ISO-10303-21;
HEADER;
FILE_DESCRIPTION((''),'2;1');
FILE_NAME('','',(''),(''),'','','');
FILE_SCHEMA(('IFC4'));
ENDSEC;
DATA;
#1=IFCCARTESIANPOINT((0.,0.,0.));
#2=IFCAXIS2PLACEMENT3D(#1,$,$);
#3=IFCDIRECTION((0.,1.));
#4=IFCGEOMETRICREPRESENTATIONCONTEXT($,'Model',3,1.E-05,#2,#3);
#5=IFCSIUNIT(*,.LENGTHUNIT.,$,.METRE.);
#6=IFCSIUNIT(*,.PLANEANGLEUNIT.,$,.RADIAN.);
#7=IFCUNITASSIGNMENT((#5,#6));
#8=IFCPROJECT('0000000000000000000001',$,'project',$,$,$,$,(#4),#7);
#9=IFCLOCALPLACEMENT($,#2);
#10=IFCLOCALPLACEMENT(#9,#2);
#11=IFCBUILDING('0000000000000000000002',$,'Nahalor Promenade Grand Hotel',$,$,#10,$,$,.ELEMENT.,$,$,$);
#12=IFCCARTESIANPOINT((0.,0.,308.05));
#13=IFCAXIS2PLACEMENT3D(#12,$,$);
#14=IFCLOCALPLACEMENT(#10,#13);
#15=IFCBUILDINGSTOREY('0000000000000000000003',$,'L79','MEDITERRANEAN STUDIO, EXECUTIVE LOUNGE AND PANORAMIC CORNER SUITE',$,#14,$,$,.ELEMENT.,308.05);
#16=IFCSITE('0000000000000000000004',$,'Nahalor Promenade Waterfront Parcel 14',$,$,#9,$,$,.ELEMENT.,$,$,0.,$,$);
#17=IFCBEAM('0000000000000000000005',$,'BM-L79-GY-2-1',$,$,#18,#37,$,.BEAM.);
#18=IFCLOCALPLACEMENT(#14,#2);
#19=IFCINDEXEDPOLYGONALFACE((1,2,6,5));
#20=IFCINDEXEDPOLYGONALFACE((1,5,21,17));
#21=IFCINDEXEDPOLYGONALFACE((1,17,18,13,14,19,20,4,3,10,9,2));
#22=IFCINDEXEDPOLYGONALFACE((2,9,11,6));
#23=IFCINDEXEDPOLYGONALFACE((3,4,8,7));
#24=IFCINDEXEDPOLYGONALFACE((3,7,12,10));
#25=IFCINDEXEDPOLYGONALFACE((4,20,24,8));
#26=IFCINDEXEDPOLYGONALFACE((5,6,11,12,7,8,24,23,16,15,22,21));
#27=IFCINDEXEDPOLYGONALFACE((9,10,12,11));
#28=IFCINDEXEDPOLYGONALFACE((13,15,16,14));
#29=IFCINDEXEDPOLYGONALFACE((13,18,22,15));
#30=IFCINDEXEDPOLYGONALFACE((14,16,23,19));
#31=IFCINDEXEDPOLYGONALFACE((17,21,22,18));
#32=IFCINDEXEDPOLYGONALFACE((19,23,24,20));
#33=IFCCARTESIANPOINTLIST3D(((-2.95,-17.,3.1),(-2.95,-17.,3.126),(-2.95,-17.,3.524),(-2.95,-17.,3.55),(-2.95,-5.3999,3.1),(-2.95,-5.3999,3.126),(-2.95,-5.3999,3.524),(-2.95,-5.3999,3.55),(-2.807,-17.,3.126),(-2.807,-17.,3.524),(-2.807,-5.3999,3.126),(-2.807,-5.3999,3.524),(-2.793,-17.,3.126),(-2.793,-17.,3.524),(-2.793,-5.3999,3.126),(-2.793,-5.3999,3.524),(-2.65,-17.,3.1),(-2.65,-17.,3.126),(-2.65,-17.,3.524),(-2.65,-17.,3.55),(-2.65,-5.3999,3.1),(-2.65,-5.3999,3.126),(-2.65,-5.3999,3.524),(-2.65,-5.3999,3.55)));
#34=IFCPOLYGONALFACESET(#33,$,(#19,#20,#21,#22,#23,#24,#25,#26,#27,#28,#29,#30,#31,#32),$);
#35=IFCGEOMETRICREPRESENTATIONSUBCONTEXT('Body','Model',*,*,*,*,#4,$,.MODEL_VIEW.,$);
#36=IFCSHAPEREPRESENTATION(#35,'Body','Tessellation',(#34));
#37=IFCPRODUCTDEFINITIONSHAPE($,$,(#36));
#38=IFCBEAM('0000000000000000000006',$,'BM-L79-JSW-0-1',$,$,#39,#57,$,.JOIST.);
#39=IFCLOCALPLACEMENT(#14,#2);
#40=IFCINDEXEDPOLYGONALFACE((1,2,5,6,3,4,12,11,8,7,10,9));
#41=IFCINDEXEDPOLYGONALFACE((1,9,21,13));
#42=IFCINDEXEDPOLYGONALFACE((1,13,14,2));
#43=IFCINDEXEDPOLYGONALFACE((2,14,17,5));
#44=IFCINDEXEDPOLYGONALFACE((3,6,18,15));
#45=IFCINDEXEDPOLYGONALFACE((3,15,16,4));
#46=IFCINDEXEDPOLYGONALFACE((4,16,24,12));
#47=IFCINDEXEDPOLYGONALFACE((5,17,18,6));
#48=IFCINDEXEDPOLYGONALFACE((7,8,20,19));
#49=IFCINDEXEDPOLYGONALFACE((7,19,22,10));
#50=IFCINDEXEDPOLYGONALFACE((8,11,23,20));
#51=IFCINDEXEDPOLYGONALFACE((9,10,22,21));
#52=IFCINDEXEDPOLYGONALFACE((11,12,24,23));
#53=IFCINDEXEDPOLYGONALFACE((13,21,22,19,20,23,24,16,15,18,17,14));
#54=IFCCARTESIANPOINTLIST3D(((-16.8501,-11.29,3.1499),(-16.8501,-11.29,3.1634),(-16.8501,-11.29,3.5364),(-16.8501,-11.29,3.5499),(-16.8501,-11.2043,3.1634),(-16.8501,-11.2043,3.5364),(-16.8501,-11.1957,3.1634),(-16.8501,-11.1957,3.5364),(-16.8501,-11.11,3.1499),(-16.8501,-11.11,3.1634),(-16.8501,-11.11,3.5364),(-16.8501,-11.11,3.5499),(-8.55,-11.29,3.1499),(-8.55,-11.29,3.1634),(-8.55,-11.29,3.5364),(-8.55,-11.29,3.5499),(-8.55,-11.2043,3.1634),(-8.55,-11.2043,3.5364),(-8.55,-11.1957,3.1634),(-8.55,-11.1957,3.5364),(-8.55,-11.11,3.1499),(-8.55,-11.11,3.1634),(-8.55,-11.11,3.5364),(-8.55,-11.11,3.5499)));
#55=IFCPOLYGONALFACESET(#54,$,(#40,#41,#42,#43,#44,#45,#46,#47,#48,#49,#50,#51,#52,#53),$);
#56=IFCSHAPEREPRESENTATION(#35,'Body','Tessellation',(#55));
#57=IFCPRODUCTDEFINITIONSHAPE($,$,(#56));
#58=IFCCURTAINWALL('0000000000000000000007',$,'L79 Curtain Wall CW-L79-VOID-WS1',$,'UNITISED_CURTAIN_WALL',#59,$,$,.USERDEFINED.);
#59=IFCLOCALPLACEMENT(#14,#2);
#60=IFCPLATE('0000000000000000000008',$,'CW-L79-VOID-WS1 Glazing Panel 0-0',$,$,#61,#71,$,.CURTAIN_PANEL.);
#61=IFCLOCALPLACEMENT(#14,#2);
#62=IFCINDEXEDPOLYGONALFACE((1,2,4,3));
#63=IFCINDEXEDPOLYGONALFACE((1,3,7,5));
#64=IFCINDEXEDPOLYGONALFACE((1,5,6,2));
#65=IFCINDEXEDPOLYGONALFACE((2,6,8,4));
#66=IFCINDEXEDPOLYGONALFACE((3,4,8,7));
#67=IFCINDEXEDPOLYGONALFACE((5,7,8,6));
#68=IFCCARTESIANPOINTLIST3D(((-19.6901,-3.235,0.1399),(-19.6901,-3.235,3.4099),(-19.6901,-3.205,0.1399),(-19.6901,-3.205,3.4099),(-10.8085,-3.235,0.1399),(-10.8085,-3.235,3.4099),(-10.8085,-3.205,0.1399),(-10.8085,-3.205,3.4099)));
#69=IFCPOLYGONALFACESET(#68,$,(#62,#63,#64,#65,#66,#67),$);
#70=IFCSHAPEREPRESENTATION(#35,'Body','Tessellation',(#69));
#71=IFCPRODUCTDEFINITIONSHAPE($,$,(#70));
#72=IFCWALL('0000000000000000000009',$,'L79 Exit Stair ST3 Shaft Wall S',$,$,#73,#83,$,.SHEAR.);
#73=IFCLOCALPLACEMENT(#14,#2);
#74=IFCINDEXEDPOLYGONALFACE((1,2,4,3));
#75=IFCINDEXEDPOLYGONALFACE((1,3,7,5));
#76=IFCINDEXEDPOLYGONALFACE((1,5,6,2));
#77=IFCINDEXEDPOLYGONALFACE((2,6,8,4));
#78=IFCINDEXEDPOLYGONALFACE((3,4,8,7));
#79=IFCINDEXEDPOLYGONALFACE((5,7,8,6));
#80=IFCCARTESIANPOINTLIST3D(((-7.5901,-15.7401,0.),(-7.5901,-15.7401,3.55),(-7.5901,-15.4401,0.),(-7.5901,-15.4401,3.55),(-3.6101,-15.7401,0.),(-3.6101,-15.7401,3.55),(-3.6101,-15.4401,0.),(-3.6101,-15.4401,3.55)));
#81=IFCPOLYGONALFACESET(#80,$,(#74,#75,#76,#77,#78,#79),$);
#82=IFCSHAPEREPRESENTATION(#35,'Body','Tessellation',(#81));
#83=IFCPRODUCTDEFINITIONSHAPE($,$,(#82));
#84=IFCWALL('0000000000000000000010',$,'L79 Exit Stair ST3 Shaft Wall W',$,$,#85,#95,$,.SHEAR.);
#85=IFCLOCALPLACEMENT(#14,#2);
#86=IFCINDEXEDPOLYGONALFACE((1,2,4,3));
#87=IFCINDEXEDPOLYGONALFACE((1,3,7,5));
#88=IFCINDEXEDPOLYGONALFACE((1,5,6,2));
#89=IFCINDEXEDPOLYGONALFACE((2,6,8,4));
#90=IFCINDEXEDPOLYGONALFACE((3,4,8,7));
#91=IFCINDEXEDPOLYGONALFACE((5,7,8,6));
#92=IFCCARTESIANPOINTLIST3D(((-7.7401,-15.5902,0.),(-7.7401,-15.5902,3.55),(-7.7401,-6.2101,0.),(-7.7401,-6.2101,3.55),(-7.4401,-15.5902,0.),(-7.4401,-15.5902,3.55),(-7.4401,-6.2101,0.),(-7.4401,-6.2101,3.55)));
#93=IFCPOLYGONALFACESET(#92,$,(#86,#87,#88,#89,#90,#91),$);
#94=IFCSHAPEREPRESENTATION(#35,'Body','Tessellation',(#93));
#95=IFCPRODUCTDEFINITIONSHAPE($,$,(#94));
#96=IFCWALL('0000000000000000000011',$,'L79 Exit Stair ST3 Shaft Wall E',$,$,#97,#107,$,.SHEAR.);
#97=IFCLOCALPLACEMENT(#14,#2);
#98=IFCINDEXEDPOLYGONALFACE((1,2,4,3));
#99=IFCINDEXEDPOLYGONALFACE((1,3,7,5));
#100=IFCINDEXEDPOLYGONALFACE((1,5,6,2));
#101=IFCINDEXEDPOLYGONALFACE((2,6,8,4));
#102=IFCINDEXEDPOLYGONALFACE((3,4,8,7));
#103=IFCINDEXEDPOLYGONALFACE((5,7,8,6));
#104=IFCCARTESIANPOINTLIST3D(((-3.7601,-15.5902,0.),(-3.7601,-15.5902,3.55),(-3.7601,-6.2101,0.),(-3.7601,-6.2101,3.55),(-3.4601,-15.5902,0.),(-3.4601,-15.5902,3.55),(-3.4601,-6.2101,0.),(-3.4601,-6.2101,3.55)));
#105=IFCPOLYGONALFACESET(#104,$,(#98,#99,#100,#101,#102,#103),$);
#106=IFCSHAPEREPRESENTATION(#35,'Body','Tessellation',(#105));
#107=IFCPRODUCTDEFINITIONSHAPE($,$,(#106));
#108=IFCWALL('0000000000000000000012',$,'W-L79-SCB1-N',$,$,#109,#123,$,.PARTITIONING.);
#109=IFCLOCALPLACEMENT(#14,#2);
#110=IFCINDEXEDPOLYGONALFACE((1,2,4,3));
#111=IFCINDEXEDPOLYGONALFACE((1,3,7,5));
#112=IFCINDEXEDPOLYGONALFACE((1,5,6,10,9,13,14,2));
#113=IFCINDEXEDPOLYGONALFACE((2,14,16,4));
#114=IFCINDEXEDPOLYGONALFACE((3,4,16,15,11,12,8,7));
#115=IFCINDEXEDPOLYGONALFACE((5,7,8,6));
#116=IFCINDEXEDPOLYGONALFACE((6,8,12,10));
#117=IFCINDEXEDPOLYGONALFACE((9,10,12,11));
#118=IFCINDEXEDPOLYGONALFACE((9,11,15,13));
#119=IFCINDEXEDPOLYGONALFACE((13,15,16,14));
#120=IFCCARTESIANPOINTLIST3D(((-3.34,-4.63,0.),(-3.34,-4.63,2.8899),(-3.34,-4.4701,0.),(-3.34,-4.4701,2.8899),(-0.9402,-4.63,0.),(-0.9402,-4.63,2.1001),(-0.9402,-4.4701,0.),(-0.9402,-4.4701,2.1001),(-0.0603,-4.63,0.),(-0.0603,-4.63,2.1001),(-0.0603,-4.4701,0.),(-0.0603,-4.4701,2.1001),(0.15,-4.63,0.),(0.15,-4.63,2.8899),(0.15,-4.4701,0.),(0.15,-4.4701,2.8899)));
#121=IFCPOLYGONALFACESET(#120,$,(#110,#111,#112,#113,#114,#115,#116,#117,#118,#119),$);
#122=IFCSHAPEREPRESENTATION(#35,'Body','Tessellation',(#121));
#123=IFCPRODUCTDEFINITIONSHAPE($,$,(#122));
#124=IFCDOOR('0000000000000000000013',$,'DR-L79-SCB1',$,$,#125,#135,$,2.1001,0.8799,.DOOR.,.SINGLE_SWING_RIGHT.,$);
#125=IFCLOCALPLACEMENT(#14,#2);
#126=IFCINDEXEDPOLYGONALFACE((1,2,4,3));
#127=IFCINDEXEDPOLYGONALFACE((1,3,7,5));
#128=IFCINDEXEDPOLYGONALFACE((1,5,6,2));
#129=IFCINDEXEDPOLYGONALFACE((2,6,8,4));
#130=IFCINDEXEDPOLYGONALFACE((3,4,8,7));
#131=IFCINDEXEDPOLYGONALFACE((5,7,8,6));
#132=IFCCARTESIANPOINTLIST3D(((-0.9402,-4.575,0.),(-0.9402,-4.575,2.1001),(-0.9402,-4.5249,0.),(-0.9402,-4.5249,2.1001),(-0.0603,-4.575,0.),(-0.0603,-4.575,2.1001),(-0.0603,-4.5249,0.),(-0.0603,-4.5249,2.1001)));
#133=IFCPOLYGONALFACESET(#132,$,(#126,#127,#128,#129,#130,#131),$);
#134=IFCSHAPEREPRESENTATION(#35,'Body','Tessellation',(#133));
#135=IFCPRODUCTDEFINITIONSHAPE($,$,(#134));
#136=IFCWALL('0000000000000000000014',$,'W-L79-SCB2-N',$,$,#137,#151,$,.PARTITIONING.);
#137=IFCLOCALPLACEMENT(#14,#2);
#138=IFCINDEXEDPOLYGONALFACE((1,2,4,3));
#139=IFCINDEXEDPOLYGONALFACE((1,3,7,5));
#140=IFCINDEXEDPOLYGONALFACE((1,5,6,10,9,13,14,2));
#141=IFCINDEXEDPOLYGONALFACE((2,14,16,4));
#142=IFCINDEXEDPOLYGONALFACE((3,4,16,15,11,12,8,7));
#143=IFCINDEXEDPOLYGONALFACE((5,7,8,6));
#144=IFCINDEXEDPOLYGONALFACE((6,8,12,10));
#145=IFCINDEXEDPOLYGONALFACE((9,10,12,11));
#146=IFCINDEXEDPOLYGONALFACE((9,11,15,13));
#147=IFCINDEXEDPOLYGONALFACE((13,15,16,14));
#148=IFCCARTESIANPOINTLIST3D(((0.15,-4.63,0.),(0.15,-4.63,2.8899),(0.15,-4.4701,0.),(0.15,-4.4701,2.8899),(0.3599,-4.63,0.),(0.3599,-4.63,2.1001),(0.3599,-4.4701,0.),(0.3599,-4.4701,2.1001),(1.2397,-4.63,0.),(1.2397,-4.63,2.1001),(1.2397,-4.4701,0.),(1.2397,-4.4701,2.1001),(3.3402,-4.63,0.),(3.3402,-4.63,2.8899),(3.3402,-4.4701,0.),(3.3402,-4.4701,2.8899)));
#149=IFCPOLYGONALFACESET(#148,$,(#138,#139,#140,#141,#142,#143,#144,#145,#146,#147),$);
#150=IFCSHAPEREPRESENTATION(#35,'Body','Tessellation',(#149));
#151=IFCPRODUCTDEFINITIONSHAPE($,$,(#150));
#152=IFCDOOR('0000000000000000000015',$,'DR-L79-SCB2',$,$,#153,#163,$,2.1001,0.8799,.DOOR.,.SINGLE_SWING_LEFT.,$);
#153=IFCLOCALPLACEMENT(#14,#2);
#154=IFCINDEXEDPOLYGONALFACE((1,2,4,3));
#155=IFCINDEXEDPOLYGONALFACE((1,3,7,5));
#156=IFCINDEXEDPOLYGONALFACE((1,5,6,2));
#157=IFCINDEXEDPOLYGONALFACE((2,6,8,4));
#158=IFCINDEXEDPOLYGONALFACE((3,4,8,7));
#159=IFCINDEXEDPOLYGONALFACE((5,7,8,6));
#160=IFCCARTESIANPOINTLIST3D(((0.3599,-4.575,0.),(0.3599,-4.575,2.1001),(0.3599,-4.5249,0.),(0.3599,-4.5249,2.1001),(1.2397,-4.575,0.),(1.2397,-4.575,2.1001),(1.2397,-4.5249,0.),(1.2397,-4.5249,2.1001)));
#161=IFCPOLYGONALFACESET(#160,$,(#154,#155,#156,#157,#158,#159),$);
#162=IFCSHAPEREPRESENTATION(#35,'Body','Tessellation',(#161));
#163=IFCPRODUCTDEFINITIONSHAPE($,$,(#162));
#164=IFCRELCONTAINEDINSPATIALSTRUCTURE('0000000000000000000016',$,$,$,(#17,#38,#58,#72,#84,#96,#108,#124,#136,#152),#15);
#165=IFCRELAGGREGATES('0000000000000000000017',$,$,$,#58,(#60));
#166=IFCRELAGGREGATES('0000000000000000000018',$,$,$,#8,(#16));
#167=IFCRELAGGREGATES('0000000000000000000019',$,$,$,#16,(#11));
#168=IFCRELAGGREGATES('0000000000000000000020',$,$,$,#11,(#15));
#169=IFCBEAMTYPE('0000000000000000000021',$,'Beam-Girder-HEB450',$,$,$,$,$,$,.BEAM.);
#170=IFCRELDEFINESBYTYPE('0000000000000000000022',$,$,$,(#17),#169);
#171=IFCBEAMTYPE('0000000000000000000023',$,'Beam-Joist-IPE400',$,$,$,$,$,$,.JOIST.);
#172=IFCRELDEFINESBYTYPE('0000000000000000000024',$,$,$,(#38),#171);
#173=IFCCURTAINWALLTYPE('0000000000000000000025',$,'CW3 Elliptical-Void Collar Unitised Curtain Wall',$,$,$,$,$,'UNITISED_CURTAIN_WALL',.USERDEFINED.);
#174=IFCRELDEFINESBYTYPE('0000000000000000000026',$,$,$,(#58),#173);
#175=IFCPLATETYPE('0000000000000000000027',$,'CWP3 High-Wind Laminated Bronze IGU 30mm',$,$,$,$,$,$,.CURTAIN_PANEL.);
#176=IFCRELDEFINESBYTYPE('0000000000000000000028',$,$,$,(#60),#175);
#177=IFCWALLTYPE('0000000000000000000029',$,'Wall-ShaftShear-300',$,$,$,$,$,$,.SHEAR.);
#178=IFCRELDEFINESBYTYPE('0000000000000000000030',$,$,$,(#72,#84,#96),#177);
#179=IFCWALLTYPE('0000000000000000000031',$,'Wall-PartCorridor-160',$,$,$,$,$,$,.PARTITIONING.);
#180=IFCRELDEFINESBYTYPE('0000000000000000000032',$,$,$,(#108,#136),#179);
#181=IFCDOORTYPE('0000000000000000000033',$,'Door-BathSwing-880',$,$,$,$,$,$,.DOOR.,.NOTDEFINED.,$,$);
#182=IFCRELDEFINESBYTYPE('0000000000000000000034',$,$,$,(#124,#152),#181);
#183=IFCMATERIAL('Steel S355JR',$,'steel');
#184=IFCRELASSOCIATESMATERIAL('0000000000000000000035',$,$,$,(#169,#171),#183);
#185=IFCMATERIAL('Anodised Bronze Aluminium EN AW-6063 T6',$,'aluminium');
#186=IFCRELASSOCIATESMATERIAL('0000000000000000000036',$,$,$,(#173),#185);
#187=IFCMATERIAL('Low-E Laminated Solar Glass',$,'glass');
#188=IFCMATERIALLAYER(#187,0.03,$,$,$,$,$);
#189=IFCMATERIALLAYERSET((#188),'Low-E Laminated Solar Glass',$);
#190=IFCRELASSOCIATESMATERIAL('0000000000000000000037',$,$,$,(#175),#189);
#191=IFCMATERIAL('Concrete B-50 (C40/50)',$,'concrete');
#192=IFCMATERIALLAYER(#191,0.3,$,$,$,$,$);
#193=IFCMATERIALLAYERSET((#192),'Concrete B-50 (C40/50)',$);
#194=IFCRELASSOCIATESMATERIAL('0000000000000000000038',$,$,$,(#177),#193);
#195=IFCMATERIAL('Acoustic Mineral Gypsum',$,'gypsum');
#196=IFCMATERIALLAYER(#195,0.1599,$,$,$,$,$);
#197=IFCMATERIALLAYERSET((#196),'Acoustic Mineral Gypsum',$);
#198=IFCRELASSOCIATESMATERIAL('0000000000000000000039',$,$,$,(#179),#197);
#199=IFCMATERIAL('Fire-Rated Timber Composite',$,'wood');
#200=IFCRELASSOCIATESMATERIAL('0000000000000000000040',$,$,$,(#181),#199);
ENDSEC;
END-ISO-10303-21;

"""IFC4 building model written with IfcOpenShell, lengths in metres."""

from ifc_helpers import new_model, si_unit, direction, frame, frame_2d, origin, origin_2d, place, context, subcontext, project, spatial, rectangle, i_section, extrude, source, transform, mapped, material, layer, layer_set, material_profile, profile_set, type_object, element, fill, aggregate, save


model = new_model("IFC4")

# Units and contexts
model_context = context("Model", 3, precision=1e-05, world=origin(), true_north=direction((0.0, 1.0)))
body_context = subcontext(model_context, "Body", "Model", "MODEL_VIEW")
ifc_project = project(units=[si_unit("LENGTHUNIT", "METRE"), si_unit("PLANEANGLEUNIT", "RADIAN")], contexts=[model_context])

# Site, building, storey
site_placement = place(None, origin())
site = spatial("IfcSite", under=ifc_project, at=site_placement, Name="Nahalor Promenade Waterfront Parcel 14", CompositionType="ELEMENT", RefElevation=0.0)
building_placement = place(site_placement, origin())
building = spatial("IfcBuilding", under=site, at=building_placement, Name="Nahalor Promenade Grand Hotel", CompositionType="ELEMENT")
storey_placement = place(building_placement, frame((0.0, 0.0, 308.05)))
storey = spatial("IfcBuildingStorey", under=building, at=storey_placement, Name="L79", Description="MEDITERRANEAN STUDIO, EXECUTIVE LOUNGE AND PANORAMIC CORNER SUITE", CompositionType="ELEMENT", Elevation=308.05)

# Shared definitions
ifc_material_1 = material(Name="Concrete B-50 (C40/50)", Category="concrete")

# Beams
ifc_material_2 = material(Name="Steel S355JR", Category="steel")
ifc_material_profile_1 = material_profile(ifc_material_2, i_section(OverallWidth=0.3, OverallDepth=0.45, WebThickness=0.014, FlangeThickness=0.026, at=origin_2d()), Name="HEB 450")
ifc_profile_set_1 = profile_set([ifc_material_profile_1], Name="Steel S355JR")
beam_type_1 = type_object("IfcBeamType", Name="Beam-Girder-HEB450", PredefinedType="BEAM", material=ifc_profile_set_1)
shared_shape_1 = source(origin(), body_context, "Body", "SweptSolid", [
    extrude(i_section(OverallWidth=0.3, OverallDepth=0.45, WebThickness=0.014, FlangeThickness=0.026, at=origin_2d()), origin(), (0.0, 0.0, 1.0), 11.6001),
])
beam_1_placement = place(storey_placement, frame((-2.8, -17.0, 3.325), z_axis=(0.0, 1.0, 0.0), x_axis=(-1.0, 0.0, 0.0)))
element("IfcBeam", 1, at=beam_1_placement, inside=storey, type_object=beam_type_1, Name="BM-L79-GY-2-1", PredefinedType="BEAM", context=body_context, shape_type="MappedRepresentation", body=[
    mapped(shared_shape_1, transform((0.0, 0.0, 0.0), scale=1.0)),
])
ifc_material_profile_2 = material_profile(ifc_material_2, i_section(OverallWidth=0.18, OverallDepth=0.4, WebThickness=0.0086, FlangeThickness=0.0135, at=origin_2d()), Name="IPE 400")
ifc_profile_set_2 = profile_set([ifc_material_profile_2], Name="Steel S355JR")
beam_type_2 = type_object("IfcBeamType", Name="Beam-Joist-IPE400", PredefinedType="JOIST", material=ifc_profile_set_2)
shared_shape_2 = source(origin(), body_context, "Body", "SweptSolid", [
    extrude(i_section(OverallWidth=0.18, OverallDepth=0.4, WebThickness=0.0086, FlangeThickness=0.0135, at=origin_2d()), origin(), (0.0, 0.0, 1.0), 8.3),
])
beam_2_placement = place(storey_placement, frame((-16.8501, -11.2, 3.3499), z_axis=(1.0, 0.0, 0.0), x_axis=(0.0, 1.0, 0.0)))
element("IfcBeam", 2, at=beam_2_placement, inside=storey, type_object=beam_type_2, Name="BM-L79-JSW-0-1", PredefinedType="JOIST", context=body_context, shape_type="MappedRepresentation", body=[
    mapped(shared_shape_2, transform((0.0, 0.0, 0.0), scale=1.0)),
])

# Curtain wall, plate
ifc_material_3 = material(Name="Anodised Bronze Aluminium EN AW-6063 T6", Category="aluminium")
curtain_wall_type = type_object("IfcCurtainWallType", Name="CW3 Elliptical-Void Collar Unitised Curtain Wall", ElementType="UNITISED_CURTAIN_WALL", PredefinedType="USERDEFINED", material=ifc_material_3)
curtain_wall_placement = place(storey_placement, origin())
curtain_wall = element("IfcCurtainWall", 3, at=curtain_wall_placement, inside=storey, type_object=curtain_wall_type, Name="L79 Curtain Wall CW-L79-VOID-WS1", ObjectType="UNITISED_CURTAIN_WALL", PredefinedType="USERDEFINED")
ifc_material_4 = material(Name="Low-E Laminated Solar Glass", Category="glass")
ifc_layer_1 = layer(ifc_material_4, 0.03)
ifc_layer_set_1 = layer_set([ifc_layer_1], Name="Low-E Laminated Solar Glass")
plate_type = type_object("IfcPlateType", Name="CWP3 High-Wind Laminated Bronze IGU 30mm", PredefinedType="CURTAIN_PANEL", material=ifc_layer_set_1)
shared_shape_3 = source(origin(), body_context, "Body", "SweptSolid", [
    extrude(rectangle(XDim=8.8816, YDim=0.03, at=origin_2d()), origin(), (0.0, 0.0, 1.0), 3.27),
])
plate_placement = place(storey_placement, frame((-15.2493, -3.22, 0.1399), z_axis=(0.0, 0.0, 1.0), x_axis=(1.0, 0.0, 0.0)))
plate = element("IfcPlate", 4, at=plate_placement, type_object=plate_type, Name="CW-L79-VOID-WS1 Glazing Panel 0-0", PredefinedType="CURTAIN_PANEL", context=body_context, shape_type="MappedRepresentation", body=[
    mapped(shared_shape_3, transform((0.0, 0.0, 0.0), scale=1.0)),
])
aggregate(curtain_wall, [plate])

# Wall
ifc_layer_2 = layer(ifc_material_1, 0.3)
ifc_layer_set_2 = layer_set([ifc_layer_2], Name="Concrete B-50 (C40/50)")
wall_type_1 = type_object("IfcWallType", Name="Wall-ShaftShear-300", PredefinedType="SHEAR", material=ifc_layer_set_2)
shared_shape_4 = source(origin(), body_context, "Body", "SweptSolid", [
    extrude(rectangle(XDim=3.98, YDim=0.3, at=frame_2d((1.99, 0.0))), origin(), (0.0, 0.0, 1.0), 3.55),
])
wall_1_placement = place(storey_placement, frame((-7.5901, -15.5901, 0.0), z_axis=(0.0, 0.0, 1.0), x_axis=(1.0, 0.0, 0.0)))
element("IfcWall", 5, at=wall_1_placement, inside=storey, type_object=wall_type_1, Name="L79 Exit Stair ST3 Shaft Wall S", PredefinedType="SHEAR", context=body_context, shape_type="MappedRepresentation", body=[
    mapped(shared_shape_4, transform((0.0, 0.0, 0.0), scale=1.0)),
])

# Walls
shared_shape_5 = source(origin(), body_context, "Body", "SweptSolid", [
    extrude(rectangle(XDim=9.3801, YDim=0.3, at=frame_2d((4.6899, 0.0))), origin(), (0.0, 0.0, 1.0), 3.55),
])
for number, where, z_axis, x_axis, name in (
    (6, (-7.5901, -15.5901, 0.0), (0.0, 0.0, 1.0), (0.0, 1.0, 0.0), "L79 Exit Stair ST3 Shaft Wall W"),
    (7, (-3.6101, -15.5901, 0.0), (0.0, 0.0, 1.0), (0.0, 1.0, 0.0), "L79 Exit Stair ST3 Shaft Wall E"),
):
    element("IfcWall", number, at=place(storey_placement, frame(where, z_axis=z_axis, x_axis=x_axis)), inside=storey, type_object=wall_type_1, Name=name, PredefinedType="SHEAR", context=body_context, shape_type="MappedRepresentation", body=[
        mapped(shared_shape_5, transform((0.0, 0.0, 0.0), scale=1.0)),
    ])

# Walls, openings, doors
ifc_material_5 = material(Name="Acoustic Mineral Gypsum", Category="gypsum")
ifc_layer_3 = layer(ifc_material_5, 0.1599)
ifc_layer_set_3 = layer_set([ifc_layer_3], Name="Acoustic Mineral Gypsum")
wall_type_2 = type_object("IfcWallType", Name="Wall-PartCorridor-160", PredefinedType="PARTITIONING", material=ifc_layer_set_3)
shared_shape_6 = source(origin(), body_context, "Body", "SweptSolid", [
    extrude(rectangle(XDim=3.49, YDim=0.1599, at=frame_2d((1.7451, 0.0))), origin(), (0.0, 0.0, 1.0), 2.8899),
])
wall_2_placement = place(storey_placement, frame((-3.3401, -4.55, 0.0), z_axis=(0.0, 0.0, 1.0), x_axis=(1.0, 0.0, 0.0)))
wall_2 = element("IfcWall", 8, at=wall_2_placement, inside=storey, type_object=wall_type_2, Name="W-L79-SCB1-N", PredefinedType="PARTITIONING", context=body_context, shape_type="MappedRepresentation", body=[
    mapped(shared_shape_6, transform((0.0, 0.0, 0.0), scale=1.0)),
])
opening_1_placement = place(wall_2_placement, frame((2.3999, 0.0, 0.0)))
opening_1 = element("IfcOpeningElement", 9, at=opening_1_placement, cuts=wall_2, PredefinedType="OPENING", context=body_context, shape_type="SweptSolid", body=[
    extrude(rectangle(XDim=0.8799, YDim=2.1001, at=frame_2d((0.4399, 1.05))), frame((0.0, 0.0898, 0.0), z_axis=(0.0, -1.0, 0.0), x_axis=(1.0, 0.0, 0.0)), (0.0, 0.0, 1.0), 0.1799),
])
ifc_material_6 = material(Name="Fire-Rated Timber Composite", Category="wood")
door_type_1 = type_object("IfcDoorType", Name="Door-BathSwing-880", OperationType="NOTDEFINED", PredefinedType="DOOR", material=ifc_material_6)
shared_shape_7 = source(origin(), body_context, "Body", "SweptSolid", [
    extrude(rectangle(XDim=0.8799, YDim=2.1001, at=frame_2d((0.4399, 1.05))), frame((0.0, 0.0249, 0.0), z_axis=(0.0, -1.0, 0.0), x_axis=(1.0, 0.0, 0.0)), (0.0, 0.0, 1.0), 0.05),
])
door_1_placement = place(opening_1_placement, frame((0.8799, 0.0, 0.0), z_axis=(0.0, 0.0, 1.0), x_axis=(-1.0, 0.0, 0.0)))
door_1 = element("IfcDoor", 10, at=door_1_placement, inside=storey, type_object=door_type_1, Name="DR-L79-SCB1", OperationType="SINGLE_SWING_RIGHT", OverallHeight=2.1001, OverallWidth=0.8799, PredefinedType="DOOR", context=body_context, shape_type="MappedRepresentation", body=[
    mapped(shared_shape_7, transform((0.0, 0.0, 0.0), scale=1.0)),
])
fill(opening_1, door_1)
shared_shape_8 = source(origin(), body_context, "Body", "SweptSolid", [
    extrude(rectangle(XDim=3.1902, YDim=0.1599, at=frame_2d((1.5952, 0.0))), origin(), (0.0, 0.0, 1.0), 2.8899),
])
wall_3_placement = place(storey_placement, frame((0.1499, -4.55, 0.0), z_axis=(0.0, 0.0, 1.0), x_axis=(1.0, 0.0, 0.0)))
wall_3 = element("IfcWall", 11, at=wall_3_placement, inside=storey, type_object=wall_type_2, Name="W-L79-SCB2-N", PredefinedType="PARTITIONING", context=body_context, shape_type="MappedRepresentation", body=[
    mapped(shared_shape_8, transform((0.0, 0.0, 0.0), scale=1.0)),
])
opening_2_placement = place(wall_3_placement, frame((0.21, 0.0, 0.0)))
opening_2 = element("IfcOpeningElement", 12, at=opening_2_placement, cuts=wall_3, PredefinedType="OPENING", context=body_context, shape_type="SweptSolid", body=[
    extrude(rectangle(XDim=0.8799, YDim=2.1001, at=frame_2d((0.4399, 1.05))), frame((0.0, 0.0898, 0.0), z_axis=(0.0, -1.0, 0.0), x_axis=(1.0, 0.0, 0.0)), (0.0, 0.0, 1.0), 0.1799),
])
door_2_placement = place(opening_2_placement, frame((0.8799, 0.0, 0.0), z_axis=(0.0, 0.0, 1.0), x_axis=(-1.0, 0.0, 0.0)))
door_2 = element("IfcDoor", 13, at=door_2_placement, inside=storey, type_object=door_type_1, Name="DR-L79-SCB2", OperationType="SINGLE_SWING_LEFT", OverallHeight=2.1001, OverallWidth=0.8799, PredefinedType="DOOR", context=body_context, shape_type="MappedRepresentation", body=[
    mapped(shared_shape_7, transform((0.0, 0.0, 0.0), scale=1.0)),
])
fill(opening_2, door_2)

save(model, "model.ifc")
